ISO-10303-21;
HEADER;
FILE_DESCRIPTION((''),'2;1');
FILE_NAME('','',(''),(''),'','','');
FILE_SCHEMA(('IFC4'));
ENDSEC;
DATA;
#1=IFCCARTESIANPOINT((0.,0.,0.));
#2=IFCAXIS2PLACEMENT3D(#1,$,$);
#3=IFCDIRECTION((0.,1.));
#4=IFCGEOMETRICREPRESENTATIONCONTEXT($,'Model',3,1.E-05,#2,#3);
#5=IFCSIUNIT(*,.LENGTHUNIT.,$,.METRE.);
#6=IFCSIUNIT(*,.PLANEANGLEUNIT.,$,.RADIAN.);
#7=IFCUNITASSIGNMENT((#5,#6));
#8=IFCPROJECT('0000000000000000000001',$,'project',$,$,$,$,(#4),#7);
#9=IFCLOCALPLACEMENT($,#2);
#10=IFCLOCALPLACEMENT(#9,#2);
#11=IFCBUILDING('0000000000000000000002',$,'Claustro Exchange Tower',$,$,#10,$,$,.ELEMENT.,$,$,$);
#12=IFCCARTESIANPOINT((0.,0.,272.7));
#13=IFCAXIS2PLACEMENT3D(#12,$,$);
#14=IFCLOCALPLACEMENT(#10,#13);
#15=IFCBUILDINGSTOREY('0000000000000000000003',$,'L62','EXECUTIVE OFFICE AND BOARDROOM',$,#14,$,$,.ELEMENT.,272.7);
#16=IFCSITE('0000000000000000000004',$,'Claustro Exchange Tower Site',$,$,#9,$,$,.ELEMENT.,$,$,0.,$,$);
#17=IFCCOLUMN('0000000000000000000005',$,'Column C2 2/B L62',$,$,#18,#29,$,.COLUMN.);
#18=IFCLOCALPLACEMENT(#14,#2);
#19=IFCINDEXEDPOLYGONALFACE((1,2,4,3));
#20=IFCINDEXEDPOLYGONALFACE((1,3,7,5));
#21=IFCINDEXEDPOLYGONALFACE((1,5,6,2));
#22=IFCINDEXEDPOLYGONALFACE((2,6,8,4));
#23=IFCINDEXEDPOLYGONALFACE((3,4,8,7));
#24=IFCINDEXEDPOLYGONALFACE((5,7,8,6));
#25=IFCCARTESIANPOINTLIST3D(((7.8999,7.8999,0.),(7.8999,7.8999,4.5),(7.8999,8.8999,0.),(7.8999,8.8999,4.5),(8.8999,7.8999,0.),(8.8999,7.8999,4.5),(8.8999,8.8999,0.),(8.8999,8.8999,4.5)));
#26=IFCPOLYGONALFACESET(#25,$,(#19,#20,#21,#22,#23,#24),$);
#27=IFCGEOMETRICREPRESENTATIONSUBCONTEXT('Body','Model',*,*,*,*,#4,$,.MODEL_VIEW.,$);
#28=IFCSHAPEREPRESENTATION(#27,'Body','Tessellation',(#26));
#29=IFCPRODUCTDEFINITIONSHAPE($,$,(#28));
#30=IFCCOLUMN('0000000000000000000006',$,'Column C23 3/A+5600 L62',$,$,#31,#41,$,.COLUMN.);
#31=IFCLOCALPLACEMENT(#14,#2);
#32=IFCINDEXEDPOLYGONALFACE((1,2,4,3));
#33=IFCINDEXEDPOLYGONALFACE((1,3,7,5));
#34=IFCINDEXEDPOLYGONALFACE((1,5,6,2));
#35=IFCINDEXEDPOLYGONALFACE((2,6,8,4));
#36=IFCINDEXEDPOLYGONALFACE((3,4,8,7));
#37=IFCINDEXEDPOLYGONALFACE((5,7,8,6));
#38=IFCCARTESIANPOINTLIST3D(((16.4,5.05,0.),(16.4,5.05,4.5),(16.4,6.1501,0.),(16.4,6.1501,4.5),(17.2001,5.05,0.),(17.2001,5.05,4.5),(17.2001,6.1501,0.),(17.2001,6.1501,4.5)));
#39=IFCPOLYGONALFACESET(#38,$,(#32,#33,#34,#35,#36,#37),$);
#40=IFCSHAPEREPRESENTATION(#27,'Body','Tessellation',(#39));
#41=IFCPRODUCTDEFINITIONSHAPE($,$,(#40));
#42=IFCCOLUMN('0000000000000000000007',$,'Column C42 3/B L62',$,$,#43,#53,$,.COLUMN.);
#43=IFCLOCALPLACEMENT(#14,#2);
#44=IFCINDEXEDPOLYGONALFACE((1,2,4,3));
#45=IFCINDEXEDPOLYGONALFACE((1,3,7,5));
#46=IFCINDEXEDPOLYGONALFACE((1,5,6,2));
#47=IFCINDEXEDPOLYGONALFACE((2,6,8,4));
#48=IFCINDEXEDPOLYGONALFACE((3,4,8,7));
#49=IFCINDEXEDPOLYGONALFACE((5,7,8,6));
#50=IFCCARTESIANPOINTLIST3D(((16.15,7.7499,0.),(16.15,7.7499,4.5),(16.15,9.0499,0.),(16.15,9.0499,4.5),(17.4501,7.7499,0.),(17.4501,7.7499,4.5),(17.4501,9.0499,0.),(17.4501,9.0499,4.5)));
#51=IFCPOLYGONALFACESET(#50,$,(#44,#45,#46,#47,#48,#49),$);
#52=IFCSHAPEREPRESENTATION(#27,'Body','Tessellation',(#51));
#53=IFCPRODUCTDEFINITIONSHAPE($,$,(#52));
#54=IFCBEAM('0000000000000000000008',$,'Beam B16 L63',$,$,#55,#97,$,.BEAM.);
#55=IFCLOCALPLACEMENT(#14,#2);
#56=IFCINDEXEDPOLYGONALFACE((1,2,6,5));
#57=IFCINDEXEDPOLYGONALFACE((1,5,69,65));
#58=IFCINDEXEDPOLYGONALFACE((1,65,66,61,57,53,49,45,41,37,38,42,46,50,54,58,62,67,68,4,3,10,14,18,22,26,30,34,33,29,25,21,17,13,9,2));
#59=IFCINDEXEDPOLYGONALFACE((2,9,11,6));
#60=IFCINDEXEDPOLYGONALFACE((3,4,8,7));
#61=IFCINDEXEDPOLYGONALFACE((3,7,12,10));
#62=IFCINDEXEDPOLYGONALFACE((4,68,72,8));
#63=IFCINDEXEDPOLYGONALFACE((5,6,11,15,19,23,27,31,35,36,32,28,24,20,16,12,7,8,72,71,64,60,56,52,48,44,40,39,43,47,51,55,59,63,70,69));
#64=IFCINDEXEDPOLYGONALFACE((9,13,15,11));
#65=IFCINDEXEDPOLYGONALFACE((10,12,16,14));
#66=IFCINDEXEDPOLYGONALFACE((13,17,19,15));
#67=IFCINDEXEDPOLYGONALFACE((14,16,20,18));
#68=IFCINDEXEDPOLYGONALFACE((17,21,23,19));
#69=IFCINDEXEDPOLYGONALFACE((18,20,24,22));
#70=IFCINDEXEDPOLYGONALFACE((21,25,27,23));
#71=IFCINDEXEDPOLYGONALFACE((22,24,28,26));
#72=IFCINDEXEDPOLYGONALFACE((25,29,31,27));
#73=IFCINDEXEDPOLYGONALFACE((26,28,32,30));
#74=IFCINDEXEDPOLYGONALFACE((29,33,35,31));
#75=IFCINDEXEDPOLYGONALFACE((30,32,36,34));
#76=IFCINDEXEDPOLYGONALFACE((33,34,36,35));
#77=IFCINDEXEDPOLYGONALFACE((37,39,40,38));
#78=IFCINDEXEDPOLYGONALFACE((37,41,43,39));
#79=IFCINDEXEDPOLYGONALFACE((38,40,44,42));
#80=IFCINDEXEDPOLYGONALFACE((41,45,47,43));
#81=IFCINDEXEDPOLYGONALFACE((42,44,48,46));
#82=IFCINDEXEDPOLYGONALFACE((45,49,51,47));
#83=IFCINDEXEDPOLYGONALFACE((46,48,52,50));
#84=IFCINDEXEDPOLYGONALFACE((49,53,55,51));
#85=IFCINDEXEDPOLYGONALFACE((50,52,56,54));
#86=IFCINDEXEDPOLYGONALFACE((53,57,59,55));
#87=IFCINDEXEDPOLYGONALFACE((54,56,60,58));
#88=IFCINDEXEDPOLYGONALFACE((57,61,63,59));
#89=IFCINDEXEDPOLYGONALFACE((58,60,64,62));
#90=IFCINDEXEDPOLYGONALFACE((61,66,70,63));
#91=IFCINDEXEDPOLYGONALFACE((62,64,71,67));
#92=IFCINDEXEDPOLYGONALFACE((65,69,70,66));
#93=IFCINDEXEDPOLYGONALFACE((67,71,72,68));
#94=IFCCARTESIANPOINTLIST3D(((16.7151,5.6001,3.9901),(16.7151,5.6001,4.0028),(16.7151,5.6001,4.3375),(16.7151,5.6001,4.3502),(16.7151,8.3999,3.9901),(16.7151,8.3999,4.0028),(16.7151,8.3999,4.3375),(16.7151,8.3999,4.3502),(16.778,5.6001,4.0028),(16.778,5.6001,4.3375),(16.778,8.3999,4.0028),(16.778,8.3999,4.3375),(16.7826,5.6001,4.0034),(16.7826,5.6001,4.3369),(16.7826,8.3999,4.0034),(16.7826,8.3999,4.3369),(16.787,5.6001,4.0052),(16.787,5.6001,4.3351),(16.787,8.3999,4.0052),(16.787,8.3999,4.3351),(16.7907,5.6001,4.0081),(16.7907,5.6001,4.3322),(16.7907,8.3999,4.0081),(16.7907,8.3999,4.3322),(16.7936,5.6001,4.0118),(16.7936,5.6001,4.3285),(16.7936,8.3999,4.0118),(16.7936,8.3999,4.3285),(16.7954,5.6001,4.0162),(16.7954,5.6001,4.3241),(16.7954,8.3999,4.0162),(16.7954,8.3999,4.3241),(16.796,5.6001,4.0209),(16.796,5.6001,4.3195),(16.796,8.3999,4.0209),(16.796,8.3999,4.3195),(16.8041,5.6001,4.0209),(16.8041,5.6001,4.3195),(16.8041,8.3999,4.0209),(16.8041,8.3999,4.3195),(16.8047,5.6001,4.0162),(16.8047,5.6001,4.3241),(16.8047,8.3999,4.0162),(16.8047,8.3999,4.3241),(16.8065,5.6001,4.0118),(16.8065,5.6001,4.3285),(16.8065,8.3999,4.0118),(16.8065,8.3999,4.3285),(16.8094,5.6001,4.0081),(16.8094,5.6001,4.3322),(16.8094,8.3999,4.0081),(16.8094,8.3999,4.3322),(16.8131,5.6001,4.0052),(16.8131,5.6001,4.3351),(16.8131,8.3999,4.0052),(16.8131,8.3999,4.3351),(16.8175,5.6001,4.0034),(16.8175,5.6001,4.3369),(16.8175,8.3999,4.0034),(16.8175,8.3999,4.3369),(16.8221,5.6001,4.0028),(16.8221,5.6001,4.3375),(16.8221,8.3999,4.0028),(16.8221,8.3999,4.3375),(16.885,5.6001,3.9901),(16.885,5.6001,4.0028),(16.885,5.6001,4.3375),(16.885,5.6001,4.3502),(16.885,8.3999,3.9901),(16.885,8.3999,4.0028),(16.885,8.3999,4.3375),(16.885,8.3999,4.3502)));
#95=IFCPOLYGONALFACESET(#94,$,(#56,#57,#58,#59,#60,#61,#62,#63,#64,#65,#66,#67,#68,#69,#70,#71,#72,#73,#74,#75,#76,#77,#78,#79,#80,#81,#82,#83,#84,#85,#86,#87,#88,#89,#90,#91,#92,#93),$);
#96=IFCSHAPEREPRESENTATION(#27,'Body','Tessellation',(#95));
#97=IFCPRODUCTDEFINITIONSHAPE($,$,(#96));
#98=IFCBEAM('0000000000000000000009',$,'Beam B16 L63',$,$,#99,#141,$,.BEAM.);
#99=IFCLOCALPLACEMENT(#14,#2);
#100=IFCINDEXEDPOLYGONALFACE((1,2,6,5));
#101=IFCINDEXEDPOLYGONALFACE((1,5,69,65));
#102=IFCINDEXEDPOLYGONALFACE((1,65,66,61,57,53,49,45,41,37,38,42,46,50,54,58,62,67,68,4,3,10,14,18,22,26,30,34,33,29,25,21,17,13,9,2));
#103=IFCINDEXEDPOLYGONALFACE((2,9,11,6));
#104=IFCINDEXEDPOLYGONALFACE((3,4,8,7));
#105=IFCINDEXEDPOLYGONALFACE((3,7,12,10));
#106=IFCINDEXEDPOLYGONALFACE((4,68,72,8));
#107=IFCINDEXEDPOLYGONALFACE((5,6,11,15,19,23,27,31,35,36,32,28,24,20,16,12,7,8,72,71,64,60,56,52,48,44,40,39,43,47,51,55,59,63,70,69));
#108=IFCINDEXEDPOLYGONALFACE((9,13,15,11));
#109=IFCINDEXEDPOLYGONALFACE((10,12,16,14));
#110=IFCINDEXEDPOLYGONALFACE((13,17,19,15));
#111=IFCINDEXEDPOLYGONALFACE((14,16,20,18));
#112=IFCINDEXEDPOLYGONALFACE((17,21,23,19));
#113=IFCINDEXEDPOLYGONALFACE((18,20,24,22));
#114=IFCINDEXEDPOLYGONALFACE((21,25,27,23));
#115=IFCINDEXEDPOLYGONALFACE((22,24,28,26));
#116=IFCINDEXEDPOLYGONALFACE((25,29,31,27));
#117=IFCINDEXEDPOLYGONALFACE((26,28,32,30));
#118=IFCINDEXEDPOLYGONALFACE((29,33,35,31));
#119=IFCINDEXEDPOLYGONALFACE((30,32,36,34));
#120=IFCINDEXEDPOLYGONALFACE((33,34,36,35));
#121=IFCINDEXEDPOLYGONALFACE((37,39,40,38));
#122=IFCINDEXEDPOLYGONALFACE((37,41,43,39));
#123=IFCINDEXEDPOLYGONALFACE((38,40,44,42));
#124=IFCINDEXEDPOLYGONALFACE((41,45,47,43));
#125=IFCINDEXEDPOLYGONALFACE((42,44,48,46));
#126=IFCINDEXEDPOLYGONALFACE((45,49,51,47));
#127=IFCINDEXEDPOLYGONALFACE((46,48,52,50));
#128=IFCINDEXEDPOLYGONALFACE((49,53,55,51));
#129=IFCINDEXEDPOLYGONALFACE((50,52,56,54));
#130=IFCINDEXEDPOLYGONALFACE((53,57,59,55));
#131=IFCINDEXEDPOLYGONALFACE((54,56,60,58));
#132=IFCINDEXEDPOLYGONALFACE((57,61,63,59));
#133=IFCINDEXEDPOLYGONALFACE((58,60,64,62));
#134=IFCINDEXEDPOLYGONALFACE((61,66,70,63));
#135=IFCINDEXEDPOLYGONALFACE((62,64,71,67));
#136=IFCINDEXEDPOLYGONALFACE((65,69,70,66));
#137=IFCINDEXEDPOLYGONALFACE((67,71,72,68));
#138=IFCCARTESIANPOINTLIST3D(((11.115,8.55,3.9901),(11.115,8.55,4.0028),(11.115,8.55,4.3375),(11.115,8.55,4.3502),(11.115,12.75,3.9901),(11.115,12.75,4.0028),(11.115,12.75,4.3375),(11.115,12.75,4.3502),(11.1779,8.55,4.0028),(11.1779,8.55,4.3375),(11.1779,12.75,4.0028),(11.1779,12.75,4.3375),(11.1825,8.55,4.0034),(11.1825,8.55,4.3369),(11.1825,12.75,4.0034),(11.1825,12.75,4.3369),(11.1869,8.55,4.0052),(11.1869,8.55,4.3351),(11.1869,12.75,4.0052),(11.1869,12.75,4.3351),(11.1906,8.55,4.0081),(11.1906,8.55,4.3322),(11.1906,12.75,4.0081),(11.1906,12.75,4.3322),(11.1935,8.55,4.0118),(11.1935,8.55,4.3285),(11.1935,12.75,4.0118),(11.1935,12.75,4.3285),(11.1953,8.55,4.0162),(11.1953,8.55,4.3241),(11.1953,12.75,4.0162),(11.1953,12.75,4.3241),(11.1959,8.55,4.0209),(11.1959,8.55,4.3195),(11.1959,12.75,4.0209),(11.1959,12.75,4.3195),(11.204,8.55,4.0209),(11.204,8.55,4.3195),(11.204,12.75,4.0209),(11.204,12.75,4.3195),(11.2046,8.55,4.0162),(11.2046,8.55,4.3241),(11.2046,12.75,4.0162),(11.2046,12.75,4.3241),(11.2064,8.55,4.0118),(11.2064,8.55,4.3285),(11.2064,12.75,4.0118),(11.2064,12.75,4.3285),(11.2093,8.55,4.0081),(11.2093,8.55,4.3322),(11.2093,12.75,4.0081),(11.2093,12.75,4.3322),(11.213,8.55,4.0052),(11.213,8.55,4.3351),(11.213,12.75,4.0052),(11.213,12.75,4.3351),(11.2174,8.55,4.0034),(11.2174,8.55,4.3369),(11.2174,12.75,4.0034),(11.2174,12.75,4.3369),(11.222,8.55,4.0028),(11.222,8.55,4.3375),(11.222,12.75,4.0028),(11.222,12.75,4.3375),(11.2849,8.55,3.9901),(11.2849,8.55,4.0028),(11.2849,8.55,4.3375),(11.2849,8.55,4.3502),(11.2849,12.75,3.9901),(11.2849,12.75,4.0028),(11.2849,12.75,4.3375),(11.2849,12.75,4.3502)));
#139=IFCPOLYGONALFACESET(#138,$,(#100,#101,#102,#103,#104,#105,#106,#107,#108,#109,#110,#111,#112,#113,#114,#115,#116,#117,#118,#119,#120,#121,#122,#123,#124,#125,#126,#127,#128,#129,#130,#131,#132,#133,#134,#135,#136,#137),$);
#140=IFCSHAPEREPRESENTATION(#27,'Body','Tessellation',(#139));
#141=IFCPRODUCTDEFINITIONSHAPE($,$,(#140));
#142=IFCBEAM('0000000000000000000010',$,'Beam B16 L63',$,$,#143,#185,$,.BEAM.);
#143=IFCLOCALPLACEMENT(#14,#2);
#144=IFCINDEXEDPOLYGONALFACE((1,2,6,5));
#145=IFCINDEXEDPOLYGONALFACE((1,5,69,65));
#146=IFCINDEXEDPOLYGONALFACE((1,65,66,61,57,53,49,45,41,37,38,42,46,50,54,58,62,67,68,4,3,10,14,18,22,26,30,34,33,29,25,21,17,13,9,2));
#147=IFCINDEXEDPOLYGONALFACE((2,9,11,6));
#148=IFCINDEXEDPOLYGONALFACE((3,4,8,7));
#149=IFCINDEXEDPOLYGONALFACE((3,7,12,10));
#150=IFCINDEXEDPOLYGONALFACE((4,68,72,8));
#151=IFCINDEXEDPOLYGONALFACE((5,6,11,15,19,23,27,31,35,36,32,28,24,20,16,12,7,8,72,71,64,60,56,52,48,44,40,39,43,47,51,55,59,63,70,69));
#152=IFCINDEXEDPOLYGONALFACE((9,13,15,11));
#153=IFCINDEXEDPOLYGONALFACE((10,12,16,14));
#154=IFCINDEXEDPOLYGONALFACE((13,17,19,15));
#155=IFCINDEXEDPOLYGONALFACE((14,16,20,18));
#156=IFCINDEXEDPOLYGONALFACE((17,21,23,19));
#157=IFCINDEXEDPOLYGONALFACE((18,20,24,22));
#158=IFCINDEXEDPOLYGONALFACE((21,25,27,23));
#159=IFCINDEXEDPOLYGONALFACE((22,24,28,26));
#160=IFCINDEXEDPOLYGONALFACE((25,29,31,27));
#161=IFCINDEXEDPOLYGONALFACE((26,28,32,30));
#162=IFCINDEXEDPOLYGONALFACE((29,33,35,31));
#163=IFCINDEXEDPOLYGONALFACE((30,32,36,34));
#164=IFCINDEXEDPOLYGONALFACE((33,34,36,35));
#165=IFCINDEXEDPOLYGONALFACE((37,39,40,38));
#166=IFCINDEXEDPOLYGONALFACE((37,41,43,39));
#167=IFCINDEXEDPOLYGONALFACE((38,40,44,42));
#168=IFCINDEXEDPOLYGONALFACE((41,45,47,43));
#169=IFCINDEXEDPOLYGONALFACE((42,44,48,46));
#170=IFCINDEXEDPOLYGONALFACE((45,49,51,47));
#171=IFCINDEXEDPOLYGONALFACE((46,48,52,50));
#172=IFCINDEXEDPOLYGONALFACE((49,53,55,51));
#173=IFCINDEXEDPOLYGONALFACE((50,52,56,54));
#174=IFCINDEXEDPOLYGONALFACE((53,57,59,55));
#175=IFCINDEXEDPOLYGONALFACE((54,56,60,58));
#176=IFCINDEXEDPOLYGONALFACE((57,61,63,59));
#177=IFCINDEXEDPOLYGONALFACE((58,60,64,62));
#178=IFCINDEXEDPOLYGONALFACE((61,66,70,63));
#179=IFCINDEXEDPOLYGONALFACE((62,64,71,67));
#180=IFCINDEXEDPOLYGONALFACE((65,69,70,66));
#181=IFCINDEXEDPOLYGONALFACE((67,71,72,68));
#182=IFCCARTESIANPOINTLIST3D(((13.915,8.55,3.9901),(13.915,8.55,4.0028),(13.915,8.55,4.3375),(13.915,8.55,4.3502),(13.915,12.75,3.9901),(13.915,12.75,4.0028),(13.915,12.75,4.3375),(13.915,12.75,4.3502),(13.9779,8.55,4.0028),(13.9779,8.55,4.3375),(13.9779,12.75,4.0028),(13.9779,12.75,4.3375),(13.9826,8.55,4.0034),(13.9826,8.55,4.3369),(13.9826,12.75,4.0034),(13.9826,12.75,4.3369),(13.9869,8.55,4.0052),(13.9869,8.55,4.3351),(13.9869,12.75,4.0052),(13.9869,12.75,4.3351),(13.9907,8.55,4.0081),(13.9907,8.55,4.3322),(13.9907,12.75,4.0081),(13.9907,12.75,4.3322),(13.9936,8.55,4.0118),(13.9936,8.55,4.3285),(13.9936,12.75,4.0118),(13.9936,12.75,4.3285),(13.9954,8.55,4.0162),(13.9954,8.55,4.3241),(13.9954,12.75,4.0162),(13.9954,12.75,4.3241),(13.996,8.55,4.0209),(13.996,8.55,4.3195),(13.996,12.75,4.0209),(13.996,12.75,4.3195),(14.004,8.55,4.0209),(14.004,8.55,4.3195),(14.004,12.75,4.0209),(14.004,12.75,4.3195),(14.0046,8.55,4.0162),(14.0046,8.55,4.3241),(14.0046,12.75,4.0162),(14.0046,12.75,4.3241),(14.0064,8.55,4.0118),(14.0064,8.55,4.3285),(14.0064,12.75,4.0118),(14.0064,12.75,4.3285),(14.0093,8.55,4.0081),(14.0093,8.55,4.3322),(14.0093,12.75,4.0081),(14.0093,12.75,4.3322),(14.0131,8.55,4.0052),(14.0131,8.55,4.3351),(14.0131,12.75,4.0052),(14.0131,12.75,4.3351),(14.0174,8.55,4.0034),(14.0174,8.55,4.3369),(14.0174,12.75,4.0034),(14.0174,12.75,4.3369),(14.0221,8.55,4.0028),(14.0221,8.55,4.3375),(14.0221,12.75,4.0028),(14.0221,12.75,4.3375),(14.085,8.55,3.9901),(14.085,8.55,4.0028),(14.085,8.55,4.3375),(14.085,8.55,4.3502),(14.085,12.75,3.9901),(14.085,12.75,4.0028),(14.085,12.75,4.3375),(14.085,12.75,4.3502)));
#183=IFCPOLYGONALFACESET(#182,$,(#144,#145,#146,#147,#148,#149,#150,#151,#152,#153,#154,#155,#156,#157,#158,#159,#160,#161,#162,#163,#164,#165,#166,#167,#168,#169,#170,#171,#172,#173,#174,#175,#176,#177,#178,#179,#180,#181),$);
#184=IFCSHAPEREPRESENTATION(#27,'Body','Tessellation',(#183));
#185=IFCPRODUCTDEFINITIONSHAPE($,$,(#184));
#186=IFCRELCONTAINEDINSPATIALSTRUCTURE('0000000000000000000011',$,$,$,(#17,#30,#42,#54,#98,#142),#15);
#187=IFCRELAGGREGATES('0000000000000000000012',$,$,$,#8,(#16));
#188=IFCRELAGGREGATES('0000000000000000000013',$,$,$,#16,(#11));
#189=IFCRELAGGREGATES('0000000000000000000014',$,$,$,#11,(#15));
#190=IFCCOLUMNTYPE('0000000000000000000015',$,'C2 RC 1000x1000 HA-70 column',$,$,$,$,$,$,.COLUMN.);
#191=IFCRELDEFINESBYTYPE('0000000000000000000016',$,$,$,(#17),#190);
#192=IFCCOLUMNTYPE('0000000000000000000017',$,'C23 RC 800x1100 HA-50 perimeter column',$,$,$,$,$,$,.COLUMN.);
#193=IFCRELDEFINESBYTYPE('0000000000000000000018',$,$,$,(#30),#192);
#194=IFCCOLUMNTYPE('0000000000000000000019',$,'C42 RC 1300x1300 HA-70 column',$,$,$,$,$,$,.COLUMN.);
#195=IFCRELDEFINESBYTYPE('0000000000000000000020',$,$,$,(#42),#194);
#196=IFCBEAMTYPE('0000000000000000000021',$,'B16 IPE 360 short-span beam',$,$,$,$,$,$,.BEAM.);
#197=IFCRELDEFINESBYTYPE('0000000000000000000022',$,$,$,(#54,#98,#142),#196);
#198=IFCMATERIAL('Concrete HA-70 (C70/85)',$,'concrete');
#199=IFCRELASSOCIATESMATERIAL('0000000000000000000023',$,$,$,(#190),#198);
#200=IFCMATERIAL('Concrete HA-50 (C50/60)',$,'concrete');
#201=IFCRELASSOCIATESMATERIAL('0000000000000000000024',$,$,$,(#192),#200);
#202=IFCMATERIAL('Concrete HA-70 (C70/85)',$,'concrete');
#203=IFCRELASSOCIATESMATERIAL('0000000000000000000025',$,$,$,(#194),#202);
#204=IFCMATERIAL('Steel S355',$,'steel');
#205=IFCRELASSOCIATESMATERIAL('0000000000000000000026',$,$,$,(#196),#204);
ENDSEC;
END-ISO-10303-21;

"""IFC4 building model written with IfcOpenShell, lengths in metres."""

from ifc_helpers import new_model, si_unit, direction, frame, origin, origin_2d, place, context, subcontext, project, spatial, rectangle, i_section, extrude, material, material_profile, profile_set, type_object, element, save


model = new_model("IFC4")

# Units and contexts
model_context = context("Model", 3, precision=1e-05, world=origin(), true_north=direction((0.0, 1.0)))
body_context = subcontext(model_context, "Body", "Model", "MODEL_VIEW")
ifc_project = project(units=[si_unit("LENGTHUNIT", "METRE"), si_unit("PLANEANGLEUNIT", "RADIAN")], contexts=[model_context])

# Site, building, storey
site_placement = place(None, origin())
site = spatial("IfcSite", under=ifc_project, at=site_placement, Name="Claustro Exchange Tower Site", CompositionType="ELEMENT", RefElevation=0.0)
building_placement = place(site_placement, origin())
building = spatial("IfcBuilding", under=site, at=building_placement, Name="Claustro Exchange Tower", CompositionType="ELEMENT")
storey_placement = place(building_placement, frame((0.0, 0.0, 272.7)))
storey = spatial("IfcBuildingStorey", under=building, at=storey_placement, Name="L62", Description="EXECUTIVE OFFICE AND BOARDROOM", CompositionType="ELEMENT", Elevation=272.7)

# Columns
ifc_material_1 = material(Name="Concrete HA-70 (C70/85)", Category="concrete")
ifc_material_profile_1 = material_profile(ifc_material_1, rectangle(XDim=1.0, YDim=1.0, at=origin_2d()), Name="RC 1000x1000")
ifc_profile_set_1 = profile_set([ifc_material_profile_1], Name="Concrete HA-70 (C70/85)")
column_type_1 = type_object("IfcColumnType", Name="C2 RC 1000x1000 HA-70 column", PredefinedType="COLUMN", material=ifc_profile_set_1)
column_1_placement = place(storey_placement, frame((8.3999, 8.3999, 0.0), z_axis=(0.0, 0.0, 1.0), x_axis=(1.0, 0.0, 0.0)))
element("IfcColumn", 1, at=column_1_placement, inside=storey, type_object=column_type_1, Name="Column C2 2/B L62", PredefinedType="COLUMN", context=body_context, shape_type="SweptSolid", body=[
    extrude(rectangle(XDim=1.0, YDim=1.0, at=origin_2d()), origin(), (0.0, 0.0, 1.0), 4.5),
])
ifc_material_2 = material(Name="Concrete HA-50 (C50/60)", Category="concrete")
ifc_material_profile_2 = material_profile(ifc_material_2, rectangle(XDim=0.8, YDim=1.1001, at=origin_2d()), Name="RC 800x1100")
ifc_profile_set_2 = profile_set([ifc_material_profile_2], Name="Concrete HA-50 (C50/60)")
column_type_2 = type_object("IfcColumnType", Name="C23 RC 800x1100 HA-50 perimeter column", PredefinedType="COLUMN", material=ifc_profile_set_2)
column_2_placement = place(storey_placement, frame((16.8, 5.6001, 0.0), z_axis=(0.0, 0.0, 1.0), x_axis=(1.0, 0.0, 0.0)))
element("IfcColumn", 2, at=column_2_placement, inside=storey, type_object=column_type_2, Name="Column C23 3/A+5600 L62", PredefinedType="COLUMN", context=body_context, shape_type="SweptSolid", body=[
    extrude(rectangle(XDim=0.8, YDim=1.1001, at=origin_2d()), origin(), (0.0, 0.0, 1.0), 4.5),
])
ifc_material_3 = material(Name="Concrete HA-70 (C70/85)", Category="concrete")
ifc_material_profile_3 = material_profile(ifc_material_3, rectangle(XDim=1.3, YDim=1.3, at=origin_2d()), Name="RC 1300x1300")
ifc_profile_set_3 = profile_set([ifc_material_profile_3], Name="Concrete HA-70 (C70/85)")
column_type_3 = type_object("IfcColumnType", Name="C42 RC 1300x1300 HA-70 column", PredefinedType="COLUMN", material=ifc_profile_set_3)
column_3_placement = place(storey_placement, frame((16.8, 8.3999, 0.0), z_axis=(0.0, 0.0, 1.0), x_axis=(1.0, 0.0, 0.0)))
element("IfcColumn", 3, at=column_3_placement, inside=storey, type_object=column_type_3, Name="Column C42 3/B L62", PredefinedType="COLUMN", context=body_context, shape_type="SweptSolid", body=[
    extrude(rectangle(XDim=1.3, YDim=1.3, at=origin_2d()), origin(), (0.0, 0.0, 1.0), 4.5),
])

# Beams
ifc_material_4 = material(Name="Steel S355", Category="steel")
ifc_material_profile_4 = material_profile(ifc_material_4, i_section(OverallWidth=0.1699, OverallDepth=0.3601, WebThickness=0.0081, FlangeThickness=0.0127, FilletRadius=0.0181, at=origin_2d()), Name="IPE 360")
ifc_profile_set_4 = profile_set([ifc_material_profile_4], Name="Steel S355")
beam_type_1 = type_object("IfcBeamType", Name="B16 IPE 360 short-span beam", PredefinedType="BEAM", material=ifc_profile_set_4)
beam_1_placement = place(storey_placement, frame((16.8, 5.6001, 4.1702), z_axis=(0.0, 1.0, 0.0), x_axis=(-1.0, 0.0, 0.0)))
element("IfcBeam", 4, at=beam_1_placement, inside=storey, type_object=beam_type_1, Name="Beam B16 L63", PredefinedType="BEAM", context=body_context, shape_type="SweptSolid", body=[
    extrude(i_section(OverallWidth=0.1699, OverallDepth=0.3601, WebThickness=0.0081, FlangeThickness=0.0127, FilletRadius=0.0181, at=origin_2d()), origin(), (0.0, 0.0, 1.0), 2.7998),
])
for number, where, z_axis, x_axis, name in (
    (5, (11.2, 8.55, 4.1702), (0.0, 1.0, 0.0), (-1.0, 0.0, 0.0), "Beam B16 L63"),
    (6, (14.0, 8.55, 4.1702), (0.0, 1.0, 0.0), (-1.0, 0.0, 0.0), "Beam B16 L63"),
):
    element("IfcBeam", number, at=place(storey_placement, frame(where, z_axis=z_axis, x_axis=x_axis)), inside=storey, type_object=beam_type_1, Name=name, PredefinedType="BEAM", context=body_context, shape_type="SweptSolid", body=[
        extrude(i_section(OverallWidth=0.1699, OverallDepth=0.3601, WebThickness=0.0081, FlangeThickness=0.0127, FilletRadius=0.0181, at=origin_2d()), origin(), (0.0, 0.0, 1.0), 4.2),
    ])

save(model, "model.ifc")
